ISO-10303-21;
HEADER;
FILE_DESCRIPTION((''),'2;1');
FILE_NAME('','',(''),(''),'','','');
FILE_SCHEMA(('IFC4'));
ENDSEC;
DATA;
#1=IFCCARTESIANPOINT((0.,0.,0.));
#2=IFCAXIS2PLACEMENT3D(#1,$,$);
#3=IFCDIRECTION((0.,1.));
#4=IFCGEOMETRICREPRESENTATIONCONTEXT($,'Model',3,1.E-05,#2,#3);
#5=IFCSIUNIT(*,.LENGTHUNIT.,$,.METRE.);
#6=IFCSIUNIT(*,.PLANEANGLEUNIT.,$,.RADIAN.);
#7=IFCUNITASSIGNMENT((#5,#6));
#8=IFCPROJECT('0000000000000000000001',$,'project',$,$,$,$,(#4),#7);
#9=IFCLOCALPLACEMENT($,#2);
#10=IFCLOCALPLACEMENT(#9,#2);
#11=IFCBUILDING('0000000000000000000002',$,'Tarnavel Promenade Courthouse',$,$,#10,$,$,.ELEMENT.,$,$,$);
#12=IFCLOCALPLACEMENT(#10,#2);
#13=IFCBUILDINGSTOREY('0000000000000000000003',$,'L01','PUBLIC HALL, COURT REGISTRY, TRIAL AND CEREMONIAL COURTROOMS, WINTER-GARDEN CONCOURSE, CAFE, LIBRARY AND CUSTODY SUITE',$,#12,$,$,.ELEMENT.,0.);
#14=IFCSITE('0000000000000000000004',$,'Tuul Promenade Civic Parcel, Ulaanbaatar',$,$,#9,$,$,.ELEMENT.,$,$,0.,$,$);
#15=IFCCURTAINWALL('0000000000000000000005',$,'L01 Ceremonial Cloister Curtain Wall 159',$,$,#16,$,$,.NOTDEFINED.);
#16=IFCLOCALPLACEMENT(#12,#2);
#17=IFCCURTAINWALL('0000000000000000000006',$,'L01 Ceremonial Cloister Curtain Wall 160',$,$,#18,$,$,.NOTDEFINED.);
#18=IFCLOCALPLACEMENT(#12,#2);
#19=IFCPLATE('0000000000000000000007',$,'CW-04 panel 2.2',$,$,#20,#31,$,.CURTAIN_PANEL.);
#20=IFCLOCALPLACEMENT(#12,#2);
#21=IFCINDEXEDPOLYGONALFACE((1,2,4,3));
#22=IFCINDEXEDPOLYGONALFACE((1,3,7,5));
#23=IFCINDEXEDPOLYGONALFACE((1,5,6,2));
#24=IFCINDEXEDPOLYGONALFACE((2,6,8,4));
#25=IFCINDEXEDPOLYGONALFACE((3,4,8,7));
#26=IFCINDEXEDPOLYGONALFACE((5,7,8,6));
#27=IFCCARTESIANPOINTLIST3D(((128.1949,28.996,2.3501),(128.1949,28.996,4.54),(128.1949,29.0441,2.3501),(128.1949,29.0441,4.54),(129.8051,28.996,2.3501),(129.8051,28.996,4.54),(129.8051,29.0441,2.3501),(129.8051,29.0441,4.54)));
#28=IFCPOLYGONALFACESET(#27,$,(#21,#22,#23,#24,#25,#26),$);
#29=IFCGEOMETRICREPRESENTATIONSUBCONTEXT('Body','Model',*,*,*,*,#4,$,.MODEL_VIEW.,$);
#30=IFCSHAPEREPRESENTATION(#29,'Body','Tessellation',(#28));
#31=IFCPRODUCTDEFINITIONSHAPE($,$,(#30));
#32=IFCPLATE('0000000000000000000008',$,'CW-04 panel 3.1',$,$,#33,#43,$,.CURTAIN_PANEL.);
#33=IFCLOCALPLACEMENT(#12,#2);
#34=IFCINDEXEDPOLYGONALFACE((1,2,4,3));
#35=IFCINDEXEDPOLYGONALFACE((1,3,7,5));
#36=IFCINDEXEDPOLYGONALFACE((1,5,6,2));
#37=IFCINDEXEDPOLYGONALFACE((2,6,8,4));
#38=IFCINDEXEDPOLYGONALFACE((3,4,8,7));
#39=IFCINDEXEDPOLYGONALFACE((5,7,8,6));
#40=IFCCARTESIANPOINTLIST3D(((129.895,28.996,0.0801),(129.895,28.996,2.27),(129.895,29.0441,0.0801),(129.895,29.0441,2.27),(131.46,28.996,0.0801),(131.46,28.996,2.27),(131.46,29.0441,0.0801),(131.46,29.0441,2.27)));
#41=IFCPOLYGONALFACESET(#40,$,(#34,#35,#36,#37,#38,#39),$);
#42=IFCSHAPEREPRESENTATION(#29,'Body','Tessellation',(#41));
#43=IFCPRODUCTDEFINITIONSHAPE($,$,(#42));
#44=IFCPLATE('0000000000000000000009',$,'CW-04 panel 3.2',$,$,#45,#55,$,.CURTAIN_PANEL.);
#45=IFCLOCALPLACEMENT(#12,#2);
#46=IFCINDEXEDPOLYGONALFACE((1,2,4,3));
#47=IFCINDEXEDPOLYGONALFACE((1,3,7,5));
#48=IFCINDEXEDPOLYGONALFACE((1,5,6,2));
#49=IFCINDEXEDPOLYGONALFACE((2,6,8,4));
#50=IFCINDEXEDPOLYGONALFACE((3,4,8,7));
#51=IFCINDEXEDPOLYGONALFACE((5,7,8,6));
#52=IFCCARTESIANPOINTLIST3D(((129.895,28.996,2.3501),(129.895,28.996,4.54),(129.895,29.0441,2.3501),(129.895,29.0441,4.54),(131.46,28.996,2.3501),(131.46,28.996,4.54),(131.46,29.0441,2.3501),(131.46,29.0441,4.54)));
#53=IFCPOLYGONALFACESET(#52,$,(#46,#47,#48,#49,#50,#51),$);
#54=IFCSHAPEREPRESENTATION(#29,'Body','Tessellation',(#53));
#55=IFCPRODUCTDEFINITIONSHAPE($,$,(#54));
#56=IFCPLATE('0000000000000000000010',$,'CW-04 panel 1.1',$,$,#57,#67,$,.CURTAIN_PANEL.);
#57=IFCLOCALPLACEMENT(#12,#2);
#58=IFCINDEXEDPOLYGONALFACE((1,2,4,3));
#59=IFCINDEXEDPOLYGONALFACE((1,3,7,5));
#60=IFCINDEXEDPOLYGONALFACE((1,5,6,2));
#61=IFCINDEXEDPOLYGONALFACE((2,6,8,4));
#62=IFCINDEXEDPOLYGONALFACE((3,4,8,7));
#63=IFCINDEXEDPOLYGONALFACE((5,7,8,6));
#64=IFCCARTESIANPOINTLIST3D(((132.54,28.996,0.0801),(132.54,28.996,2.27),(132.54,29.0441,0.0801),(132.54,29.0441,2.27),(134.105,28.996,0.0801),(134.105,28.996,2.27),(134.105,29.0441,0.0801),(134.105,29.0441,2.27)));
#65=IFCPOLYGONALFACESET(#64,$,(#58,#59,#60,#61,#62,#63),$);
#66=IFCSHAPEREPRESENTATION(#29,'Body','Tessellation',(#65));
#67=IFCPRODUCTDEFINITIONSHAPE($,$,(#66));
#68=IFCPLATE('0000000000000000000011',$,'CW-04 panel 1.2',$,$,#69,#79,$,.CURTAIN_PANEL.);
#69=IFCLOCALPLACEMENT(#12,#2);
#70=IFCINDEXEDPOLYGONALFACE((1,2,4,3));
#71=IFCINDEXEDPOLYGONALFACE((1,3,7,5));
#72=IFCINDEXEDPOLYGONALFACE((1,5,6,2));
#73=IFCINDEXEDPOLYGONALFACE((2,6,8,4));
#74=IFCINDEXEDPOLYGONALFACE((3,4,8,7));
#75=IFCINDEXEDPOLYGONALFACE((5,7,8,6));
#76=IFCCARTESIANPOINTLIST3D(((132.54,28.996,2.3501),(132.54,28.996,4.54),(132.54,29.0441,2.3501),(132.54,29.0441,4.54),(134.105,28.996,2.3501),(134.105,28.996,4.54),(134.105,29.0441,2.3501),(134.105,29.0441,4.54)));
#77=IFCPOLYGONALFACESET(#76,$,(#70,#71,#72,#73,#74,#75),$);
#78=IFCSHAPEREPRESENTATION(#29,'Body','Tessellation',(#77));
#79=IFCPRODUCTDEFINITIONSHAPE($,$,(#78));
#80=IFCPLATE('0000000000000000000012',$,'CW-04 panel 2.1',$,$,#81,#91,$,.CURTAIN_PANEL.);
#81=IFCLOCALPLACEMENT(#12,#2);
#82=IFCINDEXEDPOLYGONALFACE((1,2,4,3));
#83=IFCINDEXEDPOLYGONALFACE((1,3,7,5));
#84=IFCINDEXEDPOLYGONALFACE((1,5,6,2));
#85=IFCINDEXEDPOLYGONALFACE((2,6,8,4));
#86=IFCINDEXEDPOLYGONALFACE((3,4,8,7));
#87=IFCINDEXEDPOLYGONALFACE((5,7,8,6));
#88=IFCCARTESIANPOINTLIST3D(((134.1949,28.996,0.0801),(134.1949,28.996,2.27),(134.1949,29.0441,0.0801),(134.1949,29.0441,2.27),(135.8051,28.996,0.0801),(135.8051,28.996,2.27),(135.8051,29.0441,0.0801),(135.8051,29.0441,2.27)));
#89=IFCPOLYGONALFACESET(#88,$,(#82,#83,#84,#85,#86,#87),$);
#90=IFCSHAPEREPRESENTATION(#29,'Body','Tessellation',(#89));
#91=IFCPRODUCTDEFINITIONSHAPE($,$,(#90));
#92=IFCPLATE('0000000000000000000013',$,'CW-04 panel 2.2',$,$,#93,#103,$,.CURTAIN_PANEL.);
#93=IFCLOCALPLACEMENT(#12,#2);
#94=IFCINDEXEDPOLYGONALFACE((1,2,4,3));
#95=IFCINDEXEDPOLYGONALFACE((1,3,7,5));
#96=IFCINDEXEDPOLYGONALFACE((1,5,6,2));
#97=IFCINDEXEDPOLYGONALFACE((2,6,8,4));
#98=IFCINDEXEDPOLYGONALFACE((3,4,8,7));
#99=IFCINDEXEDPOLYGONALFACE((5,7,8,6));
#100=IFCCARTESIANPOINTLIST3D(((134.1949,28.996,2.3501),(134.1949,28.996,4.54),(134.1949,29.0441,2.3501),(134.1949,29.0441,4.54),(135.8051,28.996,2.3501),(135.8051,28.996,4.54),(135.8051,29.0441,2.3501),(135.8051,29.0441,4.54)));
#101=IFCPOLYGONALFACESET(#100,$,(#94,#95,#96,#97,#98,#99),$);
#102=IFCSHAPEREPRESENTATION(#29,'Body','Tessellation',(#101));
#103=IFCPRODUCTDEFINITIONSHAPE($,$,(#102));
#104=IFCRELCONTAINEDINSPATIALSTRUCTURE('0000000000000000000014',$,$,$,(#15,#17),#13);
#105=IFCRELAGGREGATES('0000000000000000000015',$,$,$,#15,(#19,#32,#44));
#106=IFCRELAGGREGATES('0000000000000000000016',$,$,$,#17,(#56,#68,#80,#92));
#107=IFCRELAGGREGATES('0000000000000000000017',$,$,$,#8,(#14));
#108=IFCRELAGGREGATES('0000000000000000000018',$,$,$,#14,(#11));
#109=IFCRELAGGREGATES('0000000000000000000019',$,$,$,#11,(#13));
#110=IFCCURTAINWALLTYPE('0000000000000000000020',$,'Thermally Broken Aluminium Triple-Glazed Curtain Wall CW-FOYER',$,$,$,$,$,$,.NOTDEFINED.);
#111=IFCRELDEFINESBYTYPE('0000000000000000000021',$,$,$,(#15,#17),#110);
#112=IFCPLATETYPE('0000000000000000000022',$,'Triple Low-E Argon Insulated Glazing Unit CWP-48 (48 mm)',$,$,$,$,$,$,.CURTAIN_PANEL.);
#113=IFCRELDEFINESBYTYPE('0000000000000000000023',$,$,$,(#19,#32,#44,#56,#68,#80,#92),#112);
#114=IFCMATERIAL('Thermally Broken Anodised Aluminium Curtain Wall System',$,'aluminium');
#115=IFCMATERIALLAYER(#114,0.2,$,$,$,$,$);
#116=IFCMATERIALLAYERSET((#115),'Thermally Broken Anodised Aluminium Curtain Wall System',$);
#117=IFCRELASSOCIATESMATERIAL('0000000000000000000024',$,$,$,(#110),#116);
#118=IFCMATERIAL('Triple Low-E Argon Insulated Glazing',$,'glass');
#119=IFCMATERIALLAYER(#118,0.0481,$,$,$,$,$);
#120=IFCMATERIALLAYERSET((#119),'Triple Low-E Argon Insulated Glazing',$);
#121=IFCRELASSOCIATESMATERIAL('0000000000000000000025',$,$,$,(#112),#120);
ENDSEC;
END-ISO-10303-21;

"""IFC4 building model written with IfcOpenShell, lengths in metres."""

from ifc_helpers import new_model, si_unit, direction, frame, origin, origin_2d, place, context, subcontext, project, spatial, rectangle, extrude, material, layer, layer_set, type_object, element, aggregate, save


model = new_model("IFC4")

# Units and contexts
model_context = context("Model", 3, precision=1e-05, world=origin(), true_north=direction((0.0, 1.0)))
body_context = subcontext(model_context, "Body", "Model", "MODEL_VIEW")
ifc_project = project(units=[si_unit("LENGTHUNIT", "METRE"), si_unit("PLANEANGLEUNIT", "RADIAN")], contexts=[model_context])

# Site, building, storey
site_placement = place(None, origin())
site = spatial("IfcSite", under=ifc_project, at=site_placement, Name="Tuul Promenade Civic Parcel, Ulaanbaatar", CompositionType="ELEMENT", RefElevation=0.0)
building_placement = place(site_placement, origin())
building = spatial("IfcBuilding", under=site, at=building_placement, Name="Tarnavel Promenade Courthouse", CompositionType="ELEMENT")
storey_placement = place(building_placement, origin())
storey = spatial("IfcBuildingStorey", under=building, at=storey_placement, Name="L01", Description="PUBLIC HALL, COURT REGISTRY, TRIAL AND CEREMONIAL COURTROOMS, WINTER-GARDEN CONCOURSE, CAFE, LIBRARY AND CUSTODY SUITE", CompositionType="ELEMENT", Elevation=0.0)

# Shared definitions
ifc_material_1 = material(Name="Thermally Broken Anodised Aluminium Curtain Wall System", Category="aluminium")
ifc_layer_1 = layer(ifc_material_1, 0.2)
ifc_layer_set_1 = layer_set([ifc_layer_1], Name="Thermally Broken Anodised Aluminium Curtain Wall System")
curtain_wall_type = type_object("IfcCurtainWallType", Name="Thermally Broken Aluminium Triple-Glazed Curtain Wall CW-FOYER", PredefinedType="NOTDEFINED", material=ifc_layer_set_1)

# Curtain walls
curtain_wall_1_placement = place(storey_placement, origin())
curtain_wall_1 = element("IfcCurtainWall", 1, at=curtain_wall_1_placement, inside=storey, type_object=curtain_wall_type, Name="L01 Ceremonial Cloister Curtain Wall 159", PredefinedType="NOTDEFINED")
curtain_wall_2_placement = place(storey_placement, origin())
curtain_wall_2 = element("IfcCurtainWall", 2, at=curtain_wall_2_placement, inside=storey, type_object=curtain_wall_type, Name="L01 Ceremonial Cloister Curtain Wall 160", PredefinedType="NOTDEFINED")

# Plates
ifc_material_2 = material(Name="Triple Low-E Argon Insulated Glazing", Category="glass")
ifc_layer_2 = layer(ifc_material_2, 0.0481)
ifc_layer_set_2 = layer_set([ifc_layer_2], Name="Triple Low-E Argon Insulated Glazing")
plate_type = type_object("IfcPlateType", Name="Triple Low-E Argon Insulated Glazing Unit CWP-48 (48 mm)", PredefinedType="CURTAIN_PANEL", material=ifc_layer_set_2)
plate_1_placement = place(storey_placement, frame((129.0, 29.02, 2.3501), z_axis=(0.0, 0.0, 1.0), x_axis=(1.0, 0.0, 0.0)))
plate_1 = element("IfcPlate", 3, at=plate_1_placement, type_object=plate_type, Name="CW-04 panel 2.2", PredefinedType="CURTAIN_PANEL", context=body_context, shape_type="SweptSolid", body=[
    extrude(rectangle(XDim=1.6101, YDim=0.0481, at=origin_2d()), origin(), (0.0, 0.0, 1.0), 2.1899),
])
plate_2_placement = place(storey_placement, frame((130.6775, 29.02, 0.0801), z_axis=(0.0, 0.0, 1.0), x_axis=(1.0, 0.0, 0.0)))
plate_2 = element("IfcPlate", 4, at=plate_2_placement, type_object=plate_type, Name="CW-04 panel 3.1", PredefinedType="CURTAIN_PANEL", context=body_context, shape_type="SweptSolid", body=[
    extrude(rectangle(XDim=1.5649, YDim=0.0481, at=origin_2d()), origin(), (0.0, 0.0, 1.0), 2.1899),
])
plate_3_placement = place(storey_placement, frame((130.6775, 29.02, 2.3501), z_axis=(0.0, 0.0, 1.0), x_axis=(1.0, 0.0, 0.0)))
plate_3 = element("IfcPlate", 5, at=plate_3_placement, type_object=plate_type, Name="CW-04 panel 3.2", PredefinedType="CURTAIN_PANEL", context=body_context, shape_type="SweptSolid", body=[
    extrude(rectangle(XDim=1.5649, YDim=0.0481, at=origin_2d()), origin(), (0.0, 0.0, 1.0), 2.1899),
])
aggregate(curtain_wall_1, [plate_1, plate_2, plate_3])
plate_4_placement = place(storey_placement, frame((133.3225, 29.02, 0.0801), z_axis=(0.0, 0.0, 1.0), x_axis=(1.0, 0.0, 0.0)))
plate_4 = element("IfcPlate", 6, at=plate_4_placement, type_object=plate_type, Name="CW-04 panel 1.1", PredefinedType="CURTAIN_PANEL", context=body_context, shape_type="SweptSolid", body=[
    extrude(rectangle(XDim=1.5649, YDim=0.0481, at=origin_2d()), origin(), (0.0, 0.0, 1.0), 2.1899),
])
plate_5_placement = place(storey_placement, frame((133.3225, 29.02, 2.3501), z_axis=(0.0, 0.0, 1.0), x_axis=(1.0, 0.0, 0.0)))
plate_5 = element("IfcPlate", 7, at=plate_5_placement, type_object=plate_type, Name="CW-04 panel 1.2", PredefinedType="CURTAIN_PANEL", context=body_context, shape_type="SweptSolid", body=[
    extrude(rectangle(XDim=1.5649, YDim=0.0481, at=origin_2d()), origin(), (0.0, 0.0, 1.0), 2.1899),
])
plate_6_placement = place(storey_placement, frame((135.0, 29.02, 0.0801), z_axis=(0.0, 0.0, 1.0), x_axis=(1.0, 0.0, 0.0)))
plate_6 = element("IfcPlate", 8, at=plate_6_placement, type_object=plate_type, Name="CW-04 panel 2.1", PredefinedType="CURTAIN_PANEL", context=body_context, shape_type="SweptSolid", body=[
    extrude(rectangle(XDim=1.6101, YDim=0.0481, at=origin_2d()), origin(), (0.0, 0.0, 1.0), 2.1899),
])
plate_7_placement = place(storey_placement, frame((135.0, 29.02, 2.3501), z_axis=(0.0, 0.0, 1.0), x_axis=(1.0, 0.0, 0.0)))
plate_7 = element("IfcPlate", 9, at=plate_7_placement, type_object=plate_type, Name="CW-04 panel 2.2", PredefinedType="CURTAIN_PANEL", context=body_context, shape_type="SweptSolid", body=[
    extrude(rectangle(XDim=1.6101, YDim=0.0481, at=origin_2d()), origin(), (0.0, 0.0, 1.0), 2.1899),
])
aggregate(curtain_wall_2, [plate_4, plate_5, plate_6, plate_7])

save(model, "model.ifc")
